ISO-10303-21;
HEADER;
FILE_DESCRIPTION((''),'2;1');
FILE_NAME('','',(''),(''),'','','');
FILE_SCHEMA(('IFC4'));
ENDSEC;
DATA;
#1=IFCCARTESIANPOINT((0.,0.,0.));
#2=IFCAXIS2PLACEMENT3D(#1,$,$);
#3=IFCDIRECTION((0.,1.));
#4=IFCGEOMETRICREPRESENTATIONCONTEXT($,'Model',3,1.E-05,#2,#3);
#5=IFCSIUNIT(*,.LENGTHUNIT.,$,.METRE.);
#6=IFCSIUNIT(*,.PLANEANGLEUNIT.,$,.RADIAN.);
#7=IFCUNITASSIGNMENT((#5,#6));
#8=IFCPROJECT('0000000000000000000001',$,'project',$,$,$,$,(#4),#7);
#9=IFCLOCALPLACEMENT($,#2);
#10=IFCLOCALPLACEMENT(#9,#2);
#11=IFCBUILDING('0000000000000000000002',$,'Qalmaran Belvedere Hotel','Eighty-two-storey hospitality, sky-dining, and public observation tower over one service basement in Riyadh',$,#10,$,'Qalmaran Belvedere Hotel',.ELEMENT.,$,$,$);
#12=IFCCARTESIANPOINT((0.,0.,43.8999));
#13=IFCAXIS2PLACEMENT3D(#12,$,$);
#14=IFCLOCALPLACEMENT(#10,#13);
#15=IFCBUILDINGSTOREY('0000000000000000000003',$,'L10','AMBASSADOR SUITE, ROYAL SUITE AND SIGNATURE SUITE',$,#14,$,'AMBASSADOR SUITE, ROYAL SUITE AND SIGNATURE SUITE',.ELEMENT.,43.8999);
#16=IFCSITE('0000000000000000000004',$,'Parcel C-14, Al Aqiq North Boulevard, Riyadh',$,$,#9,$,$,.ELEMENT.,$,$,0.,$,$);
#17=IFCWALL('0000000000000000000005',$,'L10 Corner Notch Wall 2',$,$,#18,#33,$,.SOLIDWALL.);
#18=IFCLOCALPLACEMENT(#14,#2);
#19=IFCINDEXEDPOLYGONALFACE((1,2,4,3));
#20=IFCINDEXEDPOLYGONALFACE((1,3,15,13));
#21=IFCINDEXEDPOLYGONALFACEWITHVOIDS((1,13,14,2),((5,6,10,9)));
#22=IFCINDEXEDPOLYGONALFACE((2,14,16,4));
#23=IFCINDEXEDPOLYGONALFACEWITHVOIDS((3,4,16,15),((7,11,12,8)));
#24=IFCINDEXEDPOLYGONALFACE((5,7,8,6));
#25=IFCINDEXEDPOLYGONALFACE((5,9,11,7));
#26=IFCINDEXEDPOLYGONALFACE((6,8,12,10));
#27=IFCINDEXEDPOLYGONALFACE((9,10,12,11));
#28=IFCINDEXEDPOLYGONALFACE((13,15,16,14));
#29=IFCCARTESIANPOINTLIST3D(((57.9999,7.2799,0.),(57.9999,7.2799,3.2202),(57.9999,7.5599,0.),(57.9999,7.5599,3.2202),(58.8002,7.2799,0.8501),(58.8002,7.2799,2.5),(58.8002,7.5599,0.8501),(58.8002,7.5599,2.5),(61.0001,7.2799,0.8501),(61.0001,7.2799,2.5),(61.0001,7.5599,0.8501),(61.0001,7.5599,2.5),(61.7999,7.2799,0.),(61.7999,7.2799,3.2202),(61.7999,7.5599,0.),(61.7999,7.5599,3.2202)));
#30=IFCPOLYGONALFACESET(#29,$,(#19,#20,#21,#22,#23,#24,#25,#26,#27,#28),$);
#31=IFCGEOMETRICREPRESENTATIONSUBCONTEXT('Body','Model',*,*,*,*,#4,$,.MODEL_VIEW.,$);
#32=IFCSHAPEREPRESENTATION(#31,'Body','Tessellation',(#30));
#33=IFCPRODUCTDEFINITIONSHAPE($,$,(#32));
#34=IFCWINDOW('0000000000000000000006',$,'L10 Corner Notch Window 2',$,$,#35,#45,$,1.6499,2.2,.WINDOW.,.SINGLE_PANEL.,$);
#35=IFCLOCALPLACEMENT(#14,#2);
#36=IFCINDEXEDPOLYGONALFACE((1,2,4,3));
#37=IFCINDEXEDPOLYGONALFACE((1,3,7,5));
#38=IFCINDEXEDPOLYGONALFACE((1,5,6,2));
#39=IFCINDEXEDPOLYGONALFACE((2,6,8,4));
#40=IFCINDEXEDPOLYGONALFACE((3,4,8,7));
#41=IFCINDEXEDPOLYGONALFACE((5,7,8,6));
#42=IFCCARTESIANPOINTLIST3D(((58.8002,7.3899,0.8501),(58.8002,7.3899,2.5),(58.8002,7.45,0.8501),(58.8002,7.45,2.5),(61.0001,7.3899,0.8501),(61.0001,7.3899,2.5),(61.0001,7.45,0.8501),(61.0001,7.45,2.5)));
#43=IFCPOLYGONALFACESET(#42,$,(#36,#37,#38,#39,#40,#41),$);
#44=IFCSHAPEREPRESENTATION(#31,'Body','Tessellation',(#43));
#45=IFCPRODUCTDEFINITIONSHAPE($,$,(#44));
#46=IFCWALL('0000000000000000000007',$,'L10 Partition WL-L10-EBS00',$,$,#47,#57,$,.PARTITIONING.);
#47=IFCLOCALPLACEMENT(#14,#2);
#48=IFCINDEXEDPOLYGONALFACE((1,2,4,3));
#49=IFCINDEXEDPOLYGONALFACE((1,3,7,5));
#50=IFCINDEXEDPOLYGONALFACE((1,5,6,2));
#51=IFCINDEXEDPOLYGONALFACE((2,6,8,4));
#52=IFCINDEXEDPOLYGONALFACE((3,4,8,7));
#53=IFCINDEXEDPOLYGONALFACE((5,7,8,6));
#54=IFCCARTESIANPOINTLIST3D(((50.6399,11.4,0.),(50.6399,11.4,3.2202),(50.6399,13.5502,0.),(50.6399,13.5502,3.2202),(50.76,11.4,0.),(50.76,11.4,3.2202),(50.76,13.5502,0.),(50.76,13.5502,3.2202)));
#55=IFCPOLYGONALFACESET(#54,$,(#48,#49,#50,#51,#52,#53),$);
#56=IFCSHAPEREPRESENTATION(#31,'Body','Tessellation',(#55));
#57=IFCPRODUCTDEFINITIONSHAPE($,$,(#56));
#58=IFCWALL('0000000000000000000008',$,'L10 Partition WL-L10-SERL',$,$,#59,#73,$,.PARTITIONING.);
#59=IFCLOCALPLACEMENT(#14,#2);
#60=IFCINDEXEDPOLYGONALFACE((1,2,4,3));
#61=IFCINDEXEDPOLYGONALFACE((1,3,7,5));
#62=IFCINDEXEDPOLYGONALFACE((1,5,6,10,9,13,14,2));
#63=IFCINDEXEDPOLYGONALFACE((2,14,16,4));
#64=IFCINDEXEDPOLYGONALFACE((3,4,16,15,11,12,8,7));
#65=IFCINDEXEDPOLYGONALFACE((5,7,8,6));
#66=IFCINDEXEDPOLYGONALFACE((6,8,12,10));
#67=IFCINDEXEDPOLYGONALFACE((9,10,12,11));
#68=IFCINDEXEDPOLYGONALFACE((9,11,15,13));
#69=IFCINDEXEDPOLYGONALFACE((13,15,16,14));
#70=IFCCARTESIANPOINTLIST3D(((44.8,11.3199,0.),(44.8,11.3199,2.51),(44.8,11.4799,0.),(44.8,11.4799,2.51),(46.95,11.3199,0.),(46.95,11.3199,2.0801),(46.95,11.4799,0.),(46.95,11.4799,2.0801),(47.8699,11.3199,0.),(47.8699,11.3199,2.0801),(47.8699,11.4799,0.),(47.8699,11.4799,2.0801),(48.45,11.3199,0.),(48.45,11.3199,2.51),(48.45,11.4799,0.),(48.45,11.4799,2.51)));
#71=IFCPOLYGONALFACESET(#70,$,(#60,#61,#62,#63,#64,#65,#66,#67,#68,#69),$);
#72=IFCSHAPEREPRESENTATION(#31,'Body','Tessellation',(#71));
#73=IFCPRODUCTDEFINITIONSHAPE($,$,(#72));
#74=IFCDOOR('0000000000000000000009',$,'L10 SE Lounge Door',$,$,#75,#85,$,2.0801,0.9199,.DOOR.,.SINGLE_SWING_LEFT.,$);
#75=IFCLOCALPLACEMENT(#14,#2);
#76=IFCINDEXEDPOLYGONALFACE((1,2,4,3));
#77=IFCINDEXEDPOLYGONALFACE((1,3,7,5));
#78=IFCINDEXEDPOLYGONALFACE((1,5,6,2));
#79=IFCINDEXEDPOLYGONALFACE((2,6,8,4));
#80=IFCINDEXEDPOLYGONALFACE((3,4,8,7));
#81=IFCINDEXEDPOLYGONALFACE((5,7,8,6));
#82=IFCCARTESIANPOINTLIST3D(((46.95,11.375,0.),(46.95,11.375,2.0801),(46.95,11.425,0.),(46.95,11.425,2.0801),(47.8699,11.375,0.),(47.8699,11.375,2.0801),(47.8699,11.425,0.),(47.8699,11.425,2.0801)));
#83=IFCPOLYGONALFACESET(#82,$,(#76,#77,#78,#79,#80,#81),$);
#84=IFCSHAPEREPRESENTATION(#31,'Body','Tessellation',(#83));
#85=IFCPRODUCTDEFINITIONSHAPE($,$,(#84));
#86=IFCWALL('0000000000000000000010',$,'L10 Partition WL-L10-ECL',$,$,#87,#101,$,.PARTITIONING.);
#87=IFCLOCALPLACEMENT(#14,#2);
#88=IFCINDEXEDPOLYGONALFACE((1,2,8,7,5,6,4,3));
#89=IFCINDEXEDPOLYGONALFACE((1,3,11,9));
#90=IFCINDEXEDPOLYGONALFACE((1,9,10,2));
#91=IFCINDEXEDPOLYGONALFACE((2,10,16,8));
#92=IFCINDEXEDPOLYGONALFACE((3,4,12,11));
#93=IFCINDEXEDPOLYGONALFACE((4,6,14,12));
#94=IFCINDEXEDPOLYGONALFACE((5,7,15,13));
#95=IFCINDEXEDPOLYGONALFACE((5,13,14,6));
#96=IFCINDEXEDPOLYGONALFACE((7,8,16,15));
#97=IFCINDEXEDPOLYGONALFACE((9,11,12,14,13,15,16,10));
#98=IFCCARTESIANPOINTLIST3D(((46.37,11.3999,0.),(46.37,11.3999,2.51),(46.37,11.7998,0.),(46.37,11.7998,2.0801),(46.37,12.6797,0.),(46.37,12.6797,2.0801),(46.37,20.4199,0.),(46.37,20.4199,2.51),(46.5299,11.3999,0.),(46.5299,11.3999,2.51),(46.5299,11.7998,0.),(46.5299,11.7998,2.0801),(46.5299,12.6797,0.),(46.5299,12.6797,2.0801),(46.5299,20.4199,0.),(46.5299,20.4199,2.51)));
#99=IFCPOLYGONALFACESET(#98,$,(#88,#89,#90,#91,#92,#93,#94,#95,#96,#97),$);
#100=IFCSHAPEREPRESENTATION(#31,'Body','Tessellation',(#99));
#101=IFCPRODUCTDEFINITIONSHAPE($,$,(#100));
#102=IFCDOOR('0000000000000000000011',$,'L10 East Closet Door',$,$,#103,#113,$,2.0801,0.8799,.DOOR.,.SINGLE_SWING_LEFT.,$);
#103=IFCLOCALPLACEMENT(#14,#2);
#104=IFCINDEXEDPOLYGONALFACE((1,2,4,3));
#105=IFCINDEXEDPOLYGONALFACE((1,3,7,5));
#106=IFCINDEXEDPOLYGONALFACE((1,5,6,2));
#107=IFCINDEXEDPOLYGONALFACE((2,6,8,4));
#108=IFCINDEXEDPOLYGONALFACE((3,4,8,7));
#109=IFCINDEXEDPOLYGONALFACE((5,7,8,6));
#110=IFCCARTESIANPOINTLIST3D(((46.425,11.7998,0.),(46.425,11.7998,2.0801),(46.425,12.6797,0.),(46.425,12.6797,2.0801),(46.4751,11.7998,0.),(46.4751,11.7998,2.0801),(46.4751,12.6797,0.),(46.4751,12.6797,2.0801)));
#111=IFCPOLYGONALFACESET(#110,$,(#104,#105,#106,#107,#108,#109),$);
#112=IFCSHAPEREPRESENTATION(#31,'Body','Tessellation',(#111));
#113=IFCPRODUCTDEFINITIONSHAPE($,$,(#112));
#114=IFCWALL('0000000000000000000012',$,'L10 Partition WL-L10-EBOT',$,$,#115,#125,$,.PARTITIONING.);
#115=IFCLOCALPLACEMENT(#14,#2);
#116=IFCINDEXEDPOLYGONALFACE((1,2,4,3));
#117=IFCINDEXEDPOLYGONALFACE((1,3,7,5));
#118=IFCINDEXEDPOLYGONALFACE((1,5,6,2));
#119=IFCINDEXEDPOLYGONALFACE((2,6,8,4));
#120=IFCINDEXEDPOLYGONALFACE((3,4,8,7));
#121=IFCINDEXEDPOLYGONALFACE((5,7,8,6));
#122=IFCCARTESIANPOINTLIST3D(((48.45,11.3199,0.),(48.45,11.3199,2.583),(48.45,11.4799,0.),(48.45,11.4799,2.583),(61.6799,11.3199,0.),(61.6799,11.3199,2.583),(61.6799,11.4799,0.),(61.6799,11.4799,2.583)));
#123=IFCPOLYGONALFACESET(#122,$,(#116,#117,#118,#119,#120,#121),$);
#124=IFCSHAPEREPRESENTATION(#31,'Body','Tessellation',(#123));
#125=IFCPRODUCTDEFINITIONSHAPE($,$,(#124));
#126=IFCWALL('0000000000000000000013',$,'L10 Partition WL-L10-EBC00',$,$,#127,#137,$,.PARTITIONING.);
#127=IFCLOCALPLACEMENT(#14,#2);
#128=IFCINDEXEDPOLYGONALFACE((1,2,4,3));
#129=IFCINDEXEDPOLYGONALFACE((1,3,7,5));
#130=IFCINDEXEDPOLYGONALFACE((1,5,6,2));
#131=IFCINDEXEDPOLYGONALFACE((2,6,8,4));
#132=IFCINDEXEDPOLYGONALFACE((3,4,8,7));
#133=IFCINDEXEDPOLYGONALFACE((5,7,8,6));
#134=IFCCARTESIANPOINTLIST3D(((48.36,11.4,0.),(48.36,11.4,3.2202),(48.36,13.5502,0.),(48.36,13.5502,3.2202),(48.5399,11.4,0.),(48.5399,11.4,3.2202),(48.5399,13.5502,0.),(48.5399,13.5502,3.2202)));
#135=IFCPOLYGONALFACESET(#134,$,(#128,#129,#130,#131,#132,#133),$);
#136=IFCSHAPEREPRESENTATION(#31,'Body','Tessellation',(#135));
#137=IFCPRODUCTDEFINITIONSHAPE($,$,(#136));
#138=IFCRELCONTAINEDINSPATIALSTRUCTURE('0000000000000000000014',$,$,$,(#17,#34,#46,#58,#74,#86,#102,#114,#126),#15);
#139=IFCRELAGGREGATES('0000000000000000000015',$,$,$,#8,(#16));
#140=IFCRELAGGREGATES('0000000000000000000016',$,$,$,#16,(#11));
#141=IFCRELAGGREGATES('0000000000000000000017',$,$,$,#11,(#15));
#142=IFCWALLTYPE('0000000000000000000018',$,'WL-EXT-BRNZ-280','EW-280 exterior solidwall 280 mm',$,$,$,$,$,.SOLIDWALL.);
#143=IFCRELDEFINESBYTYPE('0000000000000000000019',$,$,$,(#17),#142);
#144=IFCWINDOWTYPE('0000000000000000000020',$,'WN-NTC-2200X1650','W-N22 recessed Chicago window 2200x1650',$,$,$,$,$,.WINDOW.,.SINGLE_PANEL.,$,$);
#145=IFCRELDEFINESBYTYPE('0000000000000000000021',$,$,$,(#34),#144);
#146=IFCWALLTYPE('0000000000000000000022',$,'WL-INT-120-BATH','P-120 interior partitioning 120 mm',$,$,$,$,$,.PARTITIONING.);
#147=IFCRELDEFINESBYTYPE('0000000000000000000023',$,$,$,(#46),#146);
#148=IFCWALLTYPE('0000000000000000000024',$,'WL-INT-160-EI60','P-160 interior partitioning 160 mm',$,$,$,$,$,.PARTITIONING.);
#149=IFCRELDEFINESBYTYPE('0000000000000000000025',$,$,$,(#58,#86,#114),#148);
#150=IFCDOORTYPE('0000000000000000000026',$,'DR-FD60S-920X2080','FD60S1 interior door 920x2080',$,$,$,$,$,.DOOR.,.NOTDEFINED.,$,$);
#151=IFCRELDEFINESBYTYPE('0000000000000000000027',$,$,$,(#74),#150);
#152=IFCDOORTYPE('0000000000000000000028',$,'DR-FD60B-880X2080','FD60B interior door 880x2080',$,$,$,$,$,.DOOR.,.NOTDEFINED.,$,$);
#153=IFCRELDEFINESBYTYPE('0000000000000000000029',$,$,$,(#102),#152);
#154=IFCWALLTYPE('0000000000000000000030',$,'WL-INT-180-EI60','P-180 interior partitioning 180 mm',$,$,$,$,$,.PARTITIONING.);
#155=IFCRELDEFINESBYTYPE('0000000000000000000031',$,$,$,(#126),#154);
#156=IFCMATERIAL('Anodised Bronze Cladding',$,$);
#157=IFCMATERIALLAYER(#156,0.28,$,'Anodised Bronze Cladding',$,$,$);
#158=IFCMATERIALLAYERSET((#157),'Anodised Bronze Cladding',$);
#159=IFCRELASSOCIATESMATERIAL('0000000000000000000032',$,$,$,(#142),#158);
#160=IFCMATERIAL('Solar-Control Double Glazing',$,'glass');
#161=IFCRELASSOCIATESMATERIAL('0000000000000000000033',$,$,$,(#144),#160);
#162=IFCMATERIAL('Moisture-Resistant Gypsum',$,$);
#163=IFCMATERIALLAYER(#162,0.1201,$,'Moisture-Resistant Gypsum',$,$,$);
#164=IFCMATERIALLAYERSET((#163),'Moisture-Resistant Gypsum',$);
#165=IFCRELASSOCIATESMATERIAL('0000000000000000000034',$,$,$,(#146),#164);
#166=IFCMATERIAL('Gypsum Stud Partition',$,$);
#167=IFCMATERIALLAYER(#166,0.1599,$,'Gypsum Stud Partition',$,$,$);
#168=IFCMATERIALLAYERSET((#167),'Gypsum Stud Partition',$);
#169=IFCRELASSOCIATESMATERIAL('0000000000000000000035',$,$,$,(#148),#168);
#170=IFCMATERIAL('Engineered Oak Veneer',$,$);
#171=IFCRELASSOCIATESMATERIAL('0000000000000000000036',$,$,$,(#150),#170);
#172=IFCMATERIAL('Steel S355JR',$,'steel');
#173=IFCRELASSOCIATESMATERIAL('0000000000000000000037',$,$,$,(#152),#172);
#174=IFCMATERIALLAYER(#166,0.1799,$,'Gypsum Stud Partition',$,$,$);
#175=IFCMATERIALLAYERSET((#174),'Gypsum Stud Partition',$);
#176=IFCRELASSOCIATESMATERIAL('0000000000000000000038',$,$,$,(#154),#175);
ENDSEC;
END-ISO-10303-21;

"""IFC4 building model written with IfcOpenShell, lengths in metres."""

from ifc_helpers import new_model, si_unit, direction, frame, frame_2d, origin, place, context, subcontext, project, spatial, rectangle, extrude, material, layer, layer_set, type_object, element, fill, save


model = new_model("IFC4")

# Units and contexts
model_context = context("Model", 3, precision=1e-05, world=origin(), true_north=direction((0.0, 1.0)))
body_context = subcontext(model_context, "Body", "Model", "MODEL_VIEW")
ifc_project = project(units=[si_unit("LENGTHUNIT", "METRE"), si_unit("PLANEANGLEUNIT", "RADIAN")], contexts=[model_context])

# Site, building, storey
site_placement = place(None, origin())
site = spatial("IfcSite", under=ifc_project, at=site_placement, Name="Parcel C-14, Al Aqiq North Boulevard, Riyadh", CompositionType="ELEMENT", RefElevation=0.0)
building_placement = place(site_placement, origin())
building = spatial("IfcBuilding", under=site, at=building_placement, Name="Qalmaran Belvedere Hotel", Description="Eighty-two-storey hospitality, sky-dining, and public observation tower over one service basement in Riyadh", LongName="Qalmaran Belvedere Hotel", CompositionType="ELEMENT")
storey_placement = place(building_placement, frame((0.0, 0.0, 43.8999)))
storey = spatial("IfcBuildingStorey", under=building, at=storey_placement, Name="L10", Description="AMBASSADOR SUITE, ROYAL SUITE AND SIGNATURE SUITE", LongName="AMBASSADOR SUITE, ROYAL SUITE AND SIGNATURE SUITE", CompositionType="ELEMENT", Elevation=43.8999)

# Shared definitions
ifc_material_1 = material(Name="Steel S355JR", Category="steel")

# Shared definitions
ifc_material_2 = material(Name="Solar-Control Double Glazing", Category="glass")

# Wall, opening, window
ifc_material_3 = material(Name="Anodised Bronze Cladding")
ifc_layer_1 = layer(ifc_material_3, 0.28, Name="Anodised Bronze Cladding")
ifc_layer_set_1 = layer_set([ifc_layer_1], Name="Anodised Bronze Cladding")
wall_type_1 = type_object("IfcWallType", Name="WL-EXT-BRNZ-280", Description="EW-280 exterior solidwall 280 mm", PredefinedType="SOLIDWALL", material=ifc_layer_set_1)
wall_1_placement = place(storey_placement, frame((58.0, 7.4199, 0.0), z_axis=(0.0, 0.0, 1.0), x_axis=(1.0, 0.0, 0.0)))
wall_1 = element("IfcWall", 1, at=wall_1_placement, inside=storey, type_object=wall_type_1, Name="L10 Corner Notch Wall 2", PredefinedType="SOLIDWALL", context=body_context, shape_type="SweptSolid", body=[
    extrude(rectangle(XDim=3.8, YDim=0.28, at=frame_2d((1.8999, 0.0))), origin(), (0.0, 0.0, 1.0), 3.2202),
])
opening_1_placement = place(wall_1_placement, frame((0.8, 0.0, 0.8501)))
opening_1 = element("IfcOpeningElement", 2, at=opening_1_placement, cuts=wall_1, PredefinedType="OPENING", context=body_context, shape_type="SweptSolid", body=[
    extrude(rectangle(XDim=2.2, YDim=1.6499, at=frame_2d((1.1001, 0.825))), frame((0.0, 0.1499, 0.0), z_axis=(0.0, -1.0, 0.0), x_axis=(1.0, 0.0, 0.0)), (0.0, 0.0, 1.0), 0.3),
])
window_type_1 = type_object("IfcWindowType", Name="WN-NTC-2200X1650", Description="W-N22 recessed Chicago window 2200x1650", PartitioningType="SINGLE_PANEL", PredefinedType="WINDOW", material=ifc_material_2)
window_1_placement = place(opening_1_placement, origin())
window_1 = element("IfcWindow", 3, at=window_1_placement, inside=storey, type_object=window_type_1, Name="L10 Corner Notch Window 2", OverallHeight=1.6499, OverallWidth=2.2, PartitioningType="SINGLE_PANEL", PredefinedType="WINDOW", context=body_context, shape_type="SweptSolid", body=[
    extrude(rectangle(XDim=2.2, YDim=1.6499, at=frame_2d((1.1001, 0.825))), frame((0.0, 0.03, 0.0), z_axis=(0.0, -1.0, 0.0), x_axis=(1.0, 0.0, 0.0)), (0.0, 0.0, 1.0), 0.0601),
])
fill(opening_1, window_1)

# Wall
ifc_material_4 = material(Name="Moisture-Resistant Gypsum")
ifc_layer_2 = layer(ifc_material_4, 0.1201, Name="Moisture-Resistant Gypsum")
ifc_layer_set_2 = layer_set([ifc_layer_2], Name="Moisture-Resistant Gypsum")
wall_type_2 = type_object("IfcWallType", Name="WL-INT-120-BATH", Description="P-120 interior partitioning 120 mm", PredefinedType="PARTITIONING", material=ifc_layer_set_2)
wall_2_placement = place(storey_placement, frame((50.7, 11.3999, 0.0), z_axis=(0.0, 0.0, 1.0), x_axis=(0.0, 1.0, 0.0)))
element("IfcWall", 4, at=wall_2_placement, inside=storey, type_object=wall_type_2, Name="L10 Partition WL-L10-EBS00", PredefinedType="PARTITIONING", context=body_context, shape_type="SweptSolid", body=[
    extrude(rectangle(XDim=2.1501, YDim=0.1201, at=frame_2d((1.0752, 0.0))), origin(), (0.0, 0.0, 1.0), 3.2202),
])

# Walls, openings, doors
ifc_material_5 = material(Name="Gypsum Stud Partition")
ifc_layer_3 = layer(ifc_material_5, 0.1599, Name="Gypsum Stud Partition")
ifc_layer_set_3 = layer_set([ifc_layer_3], Name="Gypsum Stud Partition")
wall_type_3 = type_object("IfcWallType", Name="WL-INT-160-EI60", Description="P-160 interior partitioning 160 mm", PredefinedType="PARTITIONING", material=ifc_layer_set_3)
wall_3_placement = place(storey_placement, frame((44.8, 11.3999, 0.0), z_axis=(0.0, 0.0, 1.0), x_axis=(1.0, 0.0, 0.0)))
wall_3 = element("IfcWall", 5, at=wall_3_placement, inside=storey, type_object=wall_type_3, Name="L10 Partition WL-L10-SERL", PredefinedType="PARTITIONING", context=body_context, shape_type="SweptSolid", body=[
    extrude(rectangle(XDim=3.6499, YDim=0.1599, at=frame_2d((1.825, 0.0))), origin(), (0.0, 0.0, 1.0), 2.51),
])
opening_2_placement = place(wall_3_placement, frame((3.0698, 0.0, 0.0), z_axis=(0.0, 0.0, 1.0), x_axis=(-1.0, 0.0, 0.0)))
opening_2 = element("IfcOpeningElement", 6, at=opening_2_placement, cuts=wall_3, PredefinedType="OPENING", context=body_context, shape_type="SweptSolid", body=[
    extrude(rectangle(XDim=0.9199, YDim=2.0801, at=frame_2d((0.46, 1.04))), frame((0.0, 0.0898, 0.0), z_axis=(0.0, -1.0, 0.0), x_axis=(1.0, 0.0, 0.0)), (0.0, 0.0, 1.0), 0.1799),
])
ifc_material_6 = material(Name="Engineered Oak Veneer")
door_type_1 = type_object("IfcDoorType", Name="DR-FD60S-920X2080", Description="FD60S1 interior door 920x2080", OperationType="NOTDEFINED", PredefinedType="DOOR", material=ifc_material_6)
door_1_placement = place(opening_2_placement, origin())
door_1 = element("IfcDoor", 7, at=door_1_placement, inside=storey, type_object=door_type_1, Name="L10 SE Lounge Door", OperationType="SINGLE_SWING_LEFT", OverallHeight=2.0801, OverallWidth=0.9199, PredefinedType="DOOR", context=body_context, shape_type="SweptSolid", body=[
    extrude(rectangle(XDim=0.9199, YDim=2.0801, at=frame_2d((0.46, 1.04))), frame((0.0, 0.0249, 0.0), z_axis=(0.0, -1.0, 0.0), x_axis=(1.0, 0.0, 0.0)), (0.0, 0.0, 1.0), 0.05),
])
fill(opening_2, door_1)
wall_4_placement = place(storey_placement, frame((46.45, 11.3999, 0.0), z_axis=(0.0, 0.0, 1.0), x_axis=(0.0, 1.0, 0.0)))
wall_4 = element("IfcWall", 8, at=wall_4_placement, inside=storey, type_object=wall_type_3, Name="L10 Partition WL-L10-ECL", PredefinedType="PARTITIONING", context=body_context, shape_type="SweptSolid", body=[
    extrude(rectangle(XDim=9.02, YDim=0.1599, at=frame_2d((4.51, 0.0))), origin(), (0.0, 0.0, 1.0), 2.51),
])
opening_3_placement = place(wall_4_placement, frame((0.3999, 0.0, 0.0)))
opening_3 = element("IfcOpeningElement", 9, at=opening_3_placement, cuts=wall_4, PredefinedType="OPENING", context=body_context, shape_type="SweptSolid", body=[
    extrude(rectangle(XDim=0.8799, YDim=2.0801, at=frame_2d((0.4399, 1.04))), frame((0.0, 0.0898, 0.0), z_axis=(0.0, -1.0, 0.0), x_axis=(1.0, 0.0, 0.0)), (0.0, 0.0, 1.0), 0.1799),
])
door_type_2 = type_object("IfcDoorType", Name="DR-FD60B-880X2080", Description="FD60B interior door 880x2080", OperationType="NOTDEFINED", PredefinedType="DOOR", material=ifc_material_1)
door_2_placement = place(opening_3_placement, origin())
door_2 = element("IfcDoor", 10, at=door_2_placement, inside=storey, type_object=door_type_2, Name="L10 East Closet Door", OperationType="SINGLE_SWING_LEFT", OverallHeight=2.0801, OverallWidth=0.8799, PredefinedType="DOOR", context=body_context, shape_type="SweptSolid", body=[
    extrude(rectangle(XDim=0.8799, YDim=2.0801, at=frame_2d((0.4399, 1.04))), frame((0.0, 0.0249, 0.0), z_axis=(0.0, -1.0, 0.0), x_axis=(1.0, 0.0, 0.0)), (0.0, 0.0, 1.0), 0.05),
])
fill(opening_3, door_2)

# Walls
wall_5_placement = place(storey_placement, frame((48.45, 11.3999, 0.0), z_axis=(0.0, 0.0, 1.0), x_axis=(1.0, 0.0, 0.0)))
element("IfcWall", 11, at=wall_5_placement, inside=storey, type_object=wall_type_3, Name="L10 Partition WL-L10-EBOT", PredefinedType="PARTITIONING", context=body_context, shape_type="SweptSolid", body=[
    extrude(rectangle(XDim=13.23, YDim=0.1599, at=frame_2d((6.615, 0.0))), origin(), (0.0, 0.0, 1.0), 2.583),
])
ifc_layer_4 = layer(ifc_material_5, 0.1799, Name="Gypsum Stud Partition")
ifc_layer_set_4 = layer_set([ifc_layer_4], Name="Gypsum Stud Partition")
wall_type_4 = type_object("IfcWallType", Name="WL-INT-180-EI60", Description="P-180 interior partitioning 180 mm", PredefinedType="PARTITIONING", material=ifc_layer_set_4)
wall_6_placement = place(storey_placement, frame((48.45, 11.3999, 0.0), z_axis=(0.0, 0.0, 1.0), x_axis=(0.0, 1.0, 0.0)))
element("IfcWall", 12, at=wall_6_placement, inside=storey, type_object=wall_type_4, Name="L10 Partition WL-L10-EBC00", PredefinedType="PARTITIONING", context=body_context, shape_type="SweptSolid", body=[
    extrude(rectangle(XDim=2.1501, YDim=0.1799, at=frame_2d((1.0752, 0.0))), origin(), (0.0, 0.0, 1.0), 3.2202),
])

save(model, "model.ifc")
